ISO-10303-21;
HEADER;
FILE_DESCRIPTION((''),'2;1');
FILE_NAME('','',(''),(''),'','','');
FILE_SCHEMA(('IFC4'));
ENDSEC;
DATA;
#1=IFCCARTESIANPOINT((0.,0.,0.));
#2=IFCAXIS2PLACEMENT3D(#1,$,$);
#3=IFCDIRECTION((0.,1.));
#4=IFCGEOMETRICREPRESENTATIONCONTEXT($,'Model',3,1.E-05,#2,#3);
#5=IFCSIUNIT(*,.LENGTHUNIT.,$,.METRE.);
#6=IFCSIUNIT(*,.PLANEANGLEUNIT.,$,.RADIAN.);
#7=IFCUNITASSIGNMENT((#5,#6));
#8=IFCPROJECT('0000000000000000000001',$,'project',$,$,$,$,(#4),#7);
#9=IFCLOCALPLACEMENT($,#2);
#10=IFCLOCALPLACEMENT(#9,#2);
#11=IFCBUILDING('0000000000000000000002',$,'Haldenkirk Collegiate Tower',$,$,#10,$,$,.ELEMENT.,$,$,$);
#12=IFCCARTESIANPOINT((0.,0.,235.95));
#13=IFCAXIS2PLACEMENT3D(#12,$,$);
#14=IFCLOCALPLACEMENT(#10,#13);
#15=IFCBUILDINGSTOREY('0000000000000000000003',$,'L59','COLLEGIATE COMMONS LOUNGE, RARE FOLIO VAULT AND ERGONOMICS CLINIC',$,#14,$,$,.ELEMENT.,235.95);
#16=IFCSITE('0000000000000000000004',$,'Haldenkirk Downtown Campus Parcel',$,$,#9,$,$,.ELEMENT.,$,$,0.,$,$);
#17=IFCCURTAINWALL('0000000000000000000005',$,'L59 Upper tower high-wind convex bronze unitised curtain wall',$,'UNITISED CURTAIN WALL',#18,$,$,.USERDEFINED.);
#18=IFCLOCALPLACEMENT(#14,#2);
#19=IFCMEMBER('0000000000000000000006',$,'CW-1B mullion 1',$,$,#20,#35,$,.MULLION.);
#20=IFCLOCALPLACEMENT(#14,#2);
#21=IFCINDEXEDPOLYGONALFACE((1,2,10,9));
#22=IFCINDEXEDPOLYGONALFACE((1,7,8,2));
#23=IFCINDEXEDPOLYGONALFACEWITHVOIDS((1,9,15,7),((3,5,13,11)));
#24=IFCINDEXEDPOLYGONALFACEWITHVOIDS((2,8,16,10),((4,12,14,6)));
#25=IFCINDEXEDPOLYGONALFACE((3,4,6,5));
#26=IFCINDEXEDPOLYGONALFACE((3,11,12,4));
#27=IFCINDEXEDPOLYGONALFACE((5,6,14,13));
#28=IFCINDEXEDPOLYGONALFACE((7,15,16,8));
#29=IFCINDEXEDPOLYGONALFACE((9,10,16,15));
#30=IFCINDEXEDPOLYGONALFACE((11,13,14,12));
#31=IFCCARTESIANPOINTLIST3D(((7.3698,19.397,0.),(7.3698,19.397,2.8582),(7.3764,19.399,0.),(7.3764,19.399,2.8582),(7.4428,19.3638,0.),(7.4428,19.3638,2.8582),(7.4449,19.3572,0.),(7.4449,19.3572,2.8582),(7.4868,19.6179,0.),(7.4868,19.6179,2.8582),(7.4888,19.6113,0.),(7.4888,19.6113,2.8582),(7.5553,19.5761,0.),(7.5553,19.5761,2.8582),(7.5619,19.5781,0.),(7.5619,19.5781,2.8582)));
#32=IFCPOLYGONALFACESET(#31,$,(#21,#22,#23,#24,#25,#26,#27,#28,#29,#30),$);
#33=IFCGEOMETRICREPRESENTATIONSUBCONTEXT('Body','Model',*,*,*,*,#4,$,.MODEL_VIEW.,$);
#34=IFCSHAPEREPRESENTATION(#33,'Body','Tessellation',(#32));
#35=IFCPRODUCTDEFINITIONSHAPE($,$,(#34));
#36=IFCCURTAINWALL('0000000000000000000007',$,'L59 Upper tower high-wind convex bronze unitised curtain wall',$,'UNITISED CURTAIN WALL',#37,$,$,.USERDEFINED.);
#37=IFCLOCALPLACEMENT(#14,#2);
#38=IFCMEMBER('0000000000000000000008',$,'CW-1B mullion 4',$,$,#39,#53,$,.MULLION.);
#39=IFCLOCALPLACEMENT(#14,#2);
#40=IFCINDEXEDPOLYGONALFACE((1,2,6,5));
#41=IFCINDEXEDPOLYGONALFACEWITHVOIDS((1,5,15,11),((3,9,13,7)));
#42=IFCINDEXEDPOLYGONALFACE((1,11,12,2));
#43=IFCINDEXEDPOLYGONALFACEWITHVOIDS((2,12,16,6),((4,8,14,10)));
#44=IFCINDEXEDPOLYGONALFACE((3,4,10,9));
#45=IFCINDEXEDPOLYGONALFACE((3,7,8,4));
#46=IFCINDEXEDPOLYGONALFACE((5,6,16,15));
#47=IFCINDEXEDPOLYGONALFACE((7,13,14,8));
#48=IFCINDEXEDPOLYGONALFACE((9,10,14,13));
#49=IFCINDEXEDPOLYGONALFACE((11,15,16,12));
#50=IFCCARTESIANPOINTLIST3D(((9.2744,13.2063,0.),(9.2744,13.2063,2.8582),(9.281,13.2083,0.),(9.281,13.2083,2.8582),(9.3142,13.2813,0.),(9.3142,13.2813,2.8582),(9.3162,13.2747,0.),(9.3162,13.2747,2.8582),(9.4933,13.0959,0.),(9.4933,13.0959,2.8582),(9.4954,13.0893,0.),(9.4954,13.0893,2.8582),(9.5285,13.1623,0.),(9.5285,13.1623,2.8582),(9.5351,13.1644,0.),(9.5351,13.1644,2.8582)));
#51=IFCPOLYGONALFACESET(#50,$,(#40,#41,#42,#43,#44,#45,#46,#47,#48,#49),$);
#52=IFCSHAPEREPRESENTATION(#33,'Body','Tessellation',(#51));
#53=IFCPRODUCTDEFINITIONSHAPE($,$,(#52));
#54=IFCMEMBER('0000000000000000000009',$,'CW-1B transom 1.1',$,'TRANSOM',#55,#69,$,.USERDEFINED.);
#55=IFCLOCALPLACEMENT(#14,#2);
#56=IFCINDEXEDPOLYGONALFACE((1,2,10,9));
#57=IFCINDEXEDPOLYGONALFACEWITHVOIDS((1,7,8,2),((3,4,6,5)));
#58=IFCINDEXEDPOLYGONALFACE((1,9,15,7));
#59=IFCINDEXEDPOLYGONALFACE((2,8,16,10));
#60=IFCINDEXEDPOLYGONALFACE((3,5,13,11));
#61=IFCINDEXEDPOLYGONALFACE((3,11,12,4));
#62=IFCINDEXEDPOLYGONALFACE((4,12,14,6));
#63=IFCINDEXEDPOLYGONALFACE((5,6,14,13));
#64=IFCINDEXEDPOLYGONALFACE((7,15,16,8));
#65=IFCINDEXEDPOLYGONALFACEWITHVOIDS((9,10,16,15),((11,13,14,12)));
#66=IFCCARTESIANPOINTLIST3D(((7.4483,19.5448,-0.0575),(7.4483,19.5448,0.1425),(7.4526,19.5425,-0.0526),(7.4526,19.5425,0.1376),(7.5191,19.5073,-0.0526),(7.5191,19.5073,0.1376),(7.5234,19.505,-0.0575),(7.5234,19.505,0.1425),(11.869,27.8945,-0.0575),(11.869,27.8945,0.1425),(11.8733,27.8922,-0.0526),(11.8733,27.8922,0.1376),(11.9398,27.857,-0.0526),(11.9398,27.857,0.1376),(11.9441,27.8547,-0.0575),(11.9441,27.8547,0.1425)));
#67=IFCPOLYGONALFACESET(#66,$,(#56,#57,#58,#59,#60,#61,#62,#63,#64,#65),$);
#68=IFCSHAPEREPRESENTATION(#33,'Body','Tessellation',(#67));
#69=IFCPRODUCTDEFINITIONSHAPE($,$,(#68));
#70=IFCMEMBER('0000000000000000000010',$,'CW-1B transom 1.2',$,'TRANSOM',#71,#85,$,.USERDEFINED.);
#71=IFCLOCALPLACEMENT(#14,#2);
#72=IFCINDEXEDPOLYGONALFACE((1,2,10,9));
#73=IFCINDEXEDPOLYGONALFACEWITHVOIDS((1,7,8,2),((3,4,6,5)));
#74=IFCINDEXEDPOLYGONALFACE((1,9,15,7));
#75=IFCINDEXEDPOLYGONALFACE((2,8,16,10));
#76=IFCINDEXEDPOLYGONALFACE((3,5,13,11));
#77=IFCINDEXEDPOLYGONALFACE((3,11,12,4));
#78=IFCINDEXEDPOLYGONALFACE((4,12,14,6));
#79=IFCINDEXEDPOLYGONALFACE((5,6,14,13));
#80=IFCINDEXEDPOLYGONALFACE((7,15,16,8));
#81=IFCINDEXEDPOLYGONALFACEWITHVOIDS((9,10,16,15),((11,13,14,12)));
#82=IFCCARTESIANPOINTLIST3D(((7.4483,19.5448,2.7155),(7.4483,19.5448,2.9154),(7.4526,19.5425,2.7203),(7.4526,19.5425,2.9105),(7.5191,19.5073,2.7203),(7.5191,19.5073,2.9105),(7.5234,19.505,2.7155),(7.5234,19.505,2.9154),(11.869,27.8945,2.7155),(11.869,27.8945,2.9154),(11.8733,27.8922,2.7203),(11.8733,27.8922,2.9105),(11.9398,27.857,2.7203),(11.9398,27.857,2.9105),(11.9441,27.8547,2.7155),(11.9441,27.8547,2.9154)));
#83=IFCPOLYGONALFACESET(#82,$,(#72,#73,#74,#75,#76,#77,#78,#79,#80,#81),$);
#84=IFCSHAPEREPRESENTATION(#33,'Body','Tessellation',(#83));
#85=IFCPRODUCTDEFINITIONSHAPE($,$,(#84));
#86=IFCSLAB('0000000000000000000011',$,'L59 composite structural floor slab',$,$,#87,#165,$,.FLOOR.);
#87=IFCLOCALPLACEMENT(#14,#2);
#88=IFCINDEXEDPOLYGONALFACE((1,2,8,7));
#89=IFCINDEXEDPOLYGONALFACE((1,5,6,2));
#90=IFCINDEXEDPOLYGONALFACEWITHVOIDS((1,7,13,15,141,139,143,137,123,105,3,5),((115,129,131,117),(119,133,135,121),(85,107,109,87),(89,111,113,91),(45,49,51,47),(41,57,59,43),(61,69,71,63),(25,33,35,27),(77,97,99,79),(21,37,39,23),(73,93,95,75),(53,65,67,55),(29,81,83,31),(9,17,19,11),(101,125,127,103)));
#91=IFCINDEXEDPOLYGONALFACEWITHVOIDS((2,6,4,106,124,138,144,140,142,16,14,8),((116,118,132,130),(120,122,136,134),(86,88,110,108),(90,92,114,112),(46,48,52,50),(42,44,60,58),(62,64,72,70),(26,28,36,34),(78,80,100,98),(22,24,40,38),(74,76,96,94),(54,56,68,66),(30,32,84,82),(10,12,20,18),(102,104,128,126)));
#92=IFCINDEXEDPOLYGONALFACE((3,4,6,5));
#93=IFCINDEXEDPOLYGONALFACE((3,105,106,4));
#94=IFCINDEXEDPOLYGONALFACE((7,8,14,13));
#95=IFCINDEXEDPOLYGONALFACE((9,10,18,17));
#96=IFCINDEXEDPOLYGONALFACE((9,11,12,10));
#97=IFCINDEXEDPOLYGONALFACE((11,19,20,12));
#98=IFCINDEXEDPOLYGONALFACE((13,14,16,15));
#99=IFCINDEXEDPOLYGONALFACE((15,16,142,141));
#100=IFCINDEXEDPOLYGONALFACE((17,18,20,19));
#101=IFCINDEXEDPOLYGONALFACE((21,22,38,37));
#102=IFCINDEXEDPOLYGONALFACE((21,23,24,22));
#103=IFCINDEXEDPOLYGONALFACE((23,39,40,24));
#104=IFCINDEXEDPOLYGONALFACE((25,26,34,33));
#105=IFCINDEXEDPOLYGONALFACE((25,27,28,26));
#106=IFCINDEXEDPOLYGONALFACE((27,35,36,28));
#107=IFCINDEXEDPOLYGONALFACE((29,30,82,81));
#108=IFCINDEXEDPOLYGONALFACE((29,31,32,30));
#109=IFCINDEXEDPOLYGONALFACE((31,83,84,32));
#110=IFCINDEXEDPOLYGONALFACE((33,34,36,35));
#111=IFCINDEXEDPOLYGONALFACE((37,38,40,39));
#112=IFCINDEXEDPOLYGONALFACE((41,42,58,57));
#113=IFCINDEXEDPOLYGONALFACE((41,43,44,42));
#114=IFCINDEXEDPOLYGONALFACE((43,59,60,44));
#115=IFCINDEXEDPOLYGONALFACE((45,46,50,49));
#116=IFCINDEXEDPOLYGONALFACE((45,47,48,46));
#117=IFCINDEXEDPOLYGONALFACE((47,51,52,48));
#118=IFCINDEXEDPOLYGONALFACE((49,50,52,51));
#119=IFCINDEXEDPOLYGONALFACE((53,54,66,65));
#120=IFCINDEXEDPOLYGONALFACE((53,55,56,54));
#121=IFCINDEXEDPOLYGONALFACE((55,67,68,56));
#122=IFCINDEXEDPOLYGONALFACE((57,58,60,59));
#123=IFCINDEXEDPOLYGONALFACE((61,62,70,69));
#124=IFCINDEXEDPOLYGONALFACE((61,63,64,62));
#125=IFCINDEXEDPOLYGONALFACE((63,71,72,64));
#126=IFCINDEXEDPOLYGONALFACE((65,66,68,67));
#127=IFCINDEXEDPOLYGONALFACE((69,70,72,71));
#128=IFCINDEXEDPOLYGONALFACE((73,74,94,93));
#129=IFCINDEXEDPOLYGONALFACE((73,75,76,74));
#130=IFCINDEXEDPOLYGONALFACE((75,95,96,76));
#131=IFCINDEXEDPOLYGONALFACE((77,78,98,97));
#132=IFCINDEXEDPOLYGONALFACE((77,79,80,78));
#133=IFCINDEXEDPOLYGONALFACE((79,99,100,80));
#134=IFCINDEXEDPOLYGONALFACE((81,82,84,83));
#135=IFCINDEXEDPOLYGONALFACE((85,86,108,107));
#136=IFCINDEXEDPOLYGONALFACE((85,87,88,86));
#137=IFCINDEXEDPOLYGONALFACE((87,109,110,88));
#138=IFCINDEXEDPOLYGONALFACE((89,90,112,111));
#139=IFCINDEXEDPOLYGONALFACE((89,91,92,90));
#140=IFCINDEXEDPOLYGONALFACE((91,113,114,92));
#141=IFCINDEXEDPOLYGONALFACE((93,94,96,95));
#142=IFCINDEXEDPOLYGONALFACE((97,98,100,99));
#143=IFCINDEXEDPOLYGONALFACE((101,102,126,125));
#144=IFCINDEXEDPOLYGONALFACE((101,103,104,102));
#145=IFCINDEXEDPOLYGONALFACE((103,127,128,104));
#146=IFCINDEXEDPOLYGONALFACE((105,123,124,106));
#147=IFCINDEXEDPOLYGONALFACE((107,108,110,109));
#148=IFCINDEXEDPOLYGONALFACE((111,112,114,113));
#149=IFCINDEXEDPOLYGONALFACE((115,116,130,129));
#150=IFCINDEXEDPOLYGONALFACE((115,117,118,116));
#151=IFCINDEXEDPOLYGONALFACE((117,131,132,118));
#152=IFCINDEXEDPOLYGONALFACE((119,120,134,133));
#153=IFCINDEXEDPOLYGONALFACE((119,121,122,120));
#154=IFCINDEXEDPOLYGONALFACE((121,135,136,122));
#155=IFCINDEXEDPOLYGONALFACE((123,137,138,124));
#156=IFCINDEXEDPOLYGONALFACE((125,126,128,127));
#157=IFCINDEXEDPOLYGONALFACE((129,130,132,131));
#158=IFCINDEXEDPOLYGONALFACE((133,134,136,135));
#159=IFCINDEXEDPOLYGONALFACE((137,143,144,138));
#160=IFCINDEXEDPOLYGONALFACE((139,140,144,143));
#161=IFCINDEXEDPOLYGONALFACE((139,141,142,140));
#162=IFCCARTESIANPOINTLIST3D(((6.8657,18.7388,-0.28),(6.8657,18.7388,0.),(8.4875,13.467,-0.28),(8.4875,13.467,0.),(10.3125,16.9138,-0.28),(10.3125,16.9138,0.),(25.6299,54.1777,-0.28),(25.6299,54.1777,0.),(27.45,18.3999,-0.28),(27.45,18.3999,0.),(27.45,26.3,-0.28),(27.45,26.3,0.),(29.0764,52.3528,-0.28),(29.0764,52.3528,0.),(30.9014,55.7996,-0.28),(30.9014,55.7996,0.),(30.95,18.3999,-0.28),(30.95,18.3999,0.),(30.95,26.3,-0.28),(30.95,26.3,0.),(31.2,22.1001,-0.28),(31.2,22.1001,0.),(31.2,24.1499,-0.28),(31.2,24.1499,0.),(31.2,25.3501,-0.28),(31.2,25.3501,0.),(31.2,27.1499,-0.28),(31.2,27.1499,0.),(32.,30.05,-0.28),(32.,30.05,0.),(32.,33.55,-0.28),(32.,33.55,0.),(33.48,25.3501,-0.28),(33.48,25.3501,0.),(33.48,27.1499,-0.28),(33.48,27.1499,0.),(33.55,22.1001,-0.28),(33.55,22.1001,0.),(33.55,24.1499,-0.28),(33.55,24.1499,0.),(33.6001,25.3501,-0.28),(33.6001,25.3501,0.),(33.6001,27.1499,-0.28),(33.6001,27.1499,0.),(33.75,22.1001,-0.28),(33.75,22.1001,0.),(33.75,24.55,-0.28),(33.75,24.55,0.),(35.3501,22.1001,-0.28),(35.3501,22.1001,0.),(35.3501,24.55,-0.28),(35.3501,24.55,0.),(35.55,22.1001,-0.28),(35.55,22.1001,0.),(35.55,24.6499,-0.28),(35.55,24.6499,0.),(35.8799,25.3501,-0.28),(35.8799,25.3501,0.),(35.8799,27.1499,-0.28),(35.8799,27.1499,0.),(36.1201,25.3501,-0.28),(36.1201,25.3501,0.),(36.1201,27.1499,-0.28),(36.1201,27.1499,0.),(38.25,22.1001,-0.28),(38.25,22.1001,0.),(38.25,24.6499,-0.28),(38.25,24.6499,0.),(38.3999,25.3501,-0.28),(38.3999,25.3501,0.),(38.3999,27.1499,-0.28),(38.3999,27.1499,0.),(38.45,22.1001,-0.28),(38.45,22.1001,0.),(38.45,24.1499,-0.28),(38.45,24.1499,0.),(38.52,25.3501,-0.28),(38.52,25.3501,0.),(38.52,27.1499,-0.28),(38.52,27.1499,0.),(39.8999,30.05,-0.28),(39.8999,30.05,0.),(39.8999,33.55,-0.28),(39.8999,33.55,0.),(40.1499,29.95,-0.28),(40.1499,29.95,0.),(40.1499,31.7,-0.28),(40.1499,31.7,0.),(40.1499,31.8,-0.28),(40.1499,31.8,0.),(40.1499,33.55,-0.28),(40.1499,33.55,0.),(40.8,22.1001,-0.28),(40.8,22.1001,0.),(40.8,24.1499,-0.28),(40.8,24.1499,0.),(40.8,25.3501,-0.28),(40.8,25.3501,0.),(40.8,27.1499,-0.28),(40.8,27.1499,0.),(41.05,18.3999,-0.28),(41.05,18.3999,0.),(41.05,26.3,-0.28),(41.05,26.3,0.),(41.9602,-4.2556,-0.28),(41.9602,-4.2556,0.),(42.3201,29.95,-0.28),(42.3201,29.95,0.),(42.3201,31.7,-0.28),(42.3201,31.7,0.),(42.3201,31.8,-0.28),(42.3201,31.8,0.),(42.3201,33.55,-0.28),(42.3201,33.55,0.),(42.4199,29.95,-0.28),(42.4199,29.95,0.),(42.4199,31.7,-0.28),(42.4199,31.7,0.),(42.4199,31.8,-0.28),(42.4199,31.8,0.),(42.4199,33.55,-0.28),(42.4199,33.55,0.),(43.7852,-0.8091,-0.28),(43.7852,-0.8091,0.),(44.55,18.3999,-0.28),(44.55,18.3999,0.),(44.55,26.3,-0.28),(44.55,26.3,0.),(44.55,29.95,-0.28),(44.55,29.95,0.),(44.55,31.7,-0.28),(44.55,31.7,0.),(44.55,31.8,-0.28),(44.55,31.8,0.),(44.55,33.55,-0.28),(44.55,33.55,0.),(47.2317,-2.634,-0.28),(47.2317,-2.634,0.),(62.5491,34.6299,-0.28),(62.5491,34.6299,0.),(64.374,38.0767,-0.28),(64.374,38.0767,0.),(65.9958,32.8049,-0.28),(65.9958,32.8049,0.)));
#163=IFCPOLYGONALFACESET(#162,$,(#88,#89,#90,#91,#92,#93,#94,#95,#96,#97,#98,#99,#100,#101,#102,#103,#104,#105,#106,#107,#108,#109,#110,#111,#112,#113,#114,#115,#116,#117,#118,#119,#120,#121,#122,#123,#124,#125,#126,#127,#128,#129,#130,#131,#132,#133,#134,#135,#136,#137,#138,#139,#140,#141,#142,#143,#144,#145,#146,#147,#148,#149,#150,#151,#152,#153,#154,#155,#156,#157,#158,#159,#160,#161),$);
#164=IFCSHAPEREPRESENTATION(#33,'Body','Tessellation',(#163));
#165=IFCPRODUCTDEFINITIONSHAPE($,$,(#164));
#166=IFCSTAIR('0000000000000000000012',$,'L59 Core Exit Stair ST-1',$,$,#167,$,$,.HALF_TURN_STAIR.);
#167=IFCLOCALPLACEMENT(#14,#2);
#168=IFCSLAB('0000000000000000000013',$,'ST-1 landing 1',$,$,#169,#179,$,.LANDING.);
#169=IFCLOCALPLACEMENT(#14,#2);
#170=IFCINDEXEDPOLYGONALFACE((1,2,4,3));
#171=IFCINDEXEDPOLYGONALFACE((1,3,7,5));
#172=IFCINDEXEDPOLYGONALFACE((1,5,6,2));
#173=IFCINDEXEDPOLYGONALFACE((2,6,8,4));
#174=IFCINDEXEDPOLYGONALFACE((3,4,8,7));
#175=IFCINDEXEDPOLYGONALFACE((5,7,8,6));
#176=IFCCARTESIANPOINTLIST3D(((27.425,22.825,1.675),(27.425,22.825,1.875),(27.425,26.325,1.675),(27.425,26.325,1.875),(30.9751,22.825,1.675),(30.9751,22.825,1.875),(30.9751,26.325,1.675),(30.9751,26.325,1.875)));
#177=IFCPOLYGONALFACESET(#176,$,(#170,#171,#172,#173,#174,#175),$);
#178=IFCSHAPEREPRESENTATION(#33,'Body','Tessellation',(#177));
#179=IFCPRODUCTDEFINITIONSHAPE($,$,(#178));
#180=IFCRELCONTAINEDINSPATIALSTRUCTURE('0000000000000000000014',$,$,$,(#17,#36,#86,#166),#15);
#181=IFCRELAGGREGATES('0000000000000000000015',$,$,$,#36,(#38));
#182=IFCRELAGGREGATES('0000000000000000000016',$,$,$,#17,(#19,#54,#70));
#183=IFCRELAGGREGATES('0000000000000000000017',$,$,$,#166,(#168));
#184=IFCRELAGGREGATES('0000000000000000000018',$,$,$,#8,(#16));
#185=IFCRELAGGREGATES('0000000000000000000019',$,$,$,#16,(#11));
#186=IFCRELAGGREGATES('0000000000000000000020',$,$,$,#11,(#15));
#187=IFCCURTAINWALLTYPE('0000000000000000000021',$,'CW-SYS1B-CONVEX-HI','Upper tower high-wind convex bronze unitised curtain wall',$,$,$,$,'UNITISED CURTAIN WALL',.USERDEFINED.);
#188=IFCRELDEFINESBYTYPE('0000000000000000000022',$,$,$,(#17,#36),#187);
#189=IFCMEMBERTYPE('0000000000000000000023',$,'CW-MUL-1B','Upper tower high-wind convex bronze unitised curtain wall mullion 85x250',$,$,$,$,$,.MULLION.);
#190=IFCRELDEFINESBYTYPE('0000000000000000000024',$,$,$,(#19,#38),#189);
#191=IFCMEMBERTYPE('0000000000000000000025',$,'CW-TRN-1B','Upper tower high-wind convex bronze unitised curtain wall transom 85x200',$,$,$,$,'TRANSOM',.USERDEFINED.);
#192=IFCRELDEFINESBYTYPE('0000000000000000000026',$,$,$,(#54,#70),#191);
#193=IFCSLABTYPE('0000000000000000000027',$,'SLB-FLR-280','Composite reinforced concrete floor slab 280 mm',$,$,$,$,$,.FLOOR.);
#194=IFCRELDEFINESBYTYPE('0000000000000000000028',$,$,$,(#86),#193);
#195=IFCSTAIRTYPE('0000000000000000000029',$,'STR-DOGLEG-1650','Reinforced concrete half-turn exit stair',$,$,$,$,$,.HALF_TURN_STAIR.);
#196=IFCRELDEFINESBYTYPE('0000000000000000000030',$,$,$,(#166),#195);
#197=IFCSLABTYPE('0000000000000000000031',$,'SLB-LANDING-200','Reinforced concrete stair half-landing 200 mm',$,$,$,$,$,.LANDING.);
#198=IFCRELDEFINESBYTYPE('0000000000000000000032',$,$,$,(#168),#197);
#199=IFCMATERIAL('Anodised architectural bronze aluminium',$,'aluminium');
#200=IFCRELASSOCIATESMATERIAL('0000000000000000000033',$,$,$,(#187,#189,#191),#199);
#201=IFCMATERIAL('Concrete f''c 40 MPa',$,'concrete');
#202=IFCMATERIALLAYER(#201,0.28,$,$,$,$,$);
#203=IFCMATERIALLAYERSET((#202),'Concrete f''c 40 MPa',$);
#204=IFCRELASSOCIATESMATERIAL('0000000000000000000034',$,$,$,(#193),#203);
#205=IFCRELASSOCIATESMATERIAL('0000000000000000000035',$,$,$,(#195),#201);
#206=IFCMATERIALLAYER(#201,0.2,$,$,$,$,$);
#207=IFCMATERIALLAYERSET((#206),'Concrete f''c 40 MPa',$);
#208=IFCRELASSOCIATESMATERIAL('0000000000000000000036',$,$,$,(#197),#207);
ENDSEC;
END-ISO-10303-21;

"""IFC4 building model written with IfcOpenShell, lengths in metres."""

from ifc_helpers import new_model, si_unit, direction, frame, origin, origin_2d, place, context, subcontext, project, spatial, polyline, hollow_rectangle, outline, extrude, material, layer, layer_set, material_profile, profile_set, type_object, element, aggregate, save


model = new_model("IFC4")

# Units and contexts
model_context = context("Model", 3, precision=1e-05, world=origin(), true_north=direction((0.0, 1.0)))
body_context = subcontext(model_context, "Body", "Model", "MODEL_VIEW")
ifc_project = project(units=[si_unit("LENGTHUNIT", "METRE"), si_unit("PLANEANGLEUNIT", "RADIAN")], contexts=[model_context])

# Site, building, storey
site_placement = place(None, origin())
site = spatial("IfcSite", under=ifc_project, at=site_placement, Name="Haldenkirk Downtown Campus Parcel", CompositionType="ELEMENT", RefElevation=0.0)
building_placement = place(site_placement, origin())
building = spatial("IfcBuilding", under=site, at=building_placement, Name="Haldenkirk Collegiate Tower", CompositionType="ELEMENT")
storey_placement = place(building_placement, frame((0.0, 0.0, 235.95)))
storey = spatial("IfcBuildingStorey", under=building, at=storey_placement, Name="L59", Description="COLLEGIATE COMMONS LOUNGE, RARE FOLIO VAULT AND ERGONOMICS CLINIC", CompositionType="ELEMENT", Elevation=235.95)

# Curtain walls, members
ifc_material_1 = material(Name="Anodised architectural bronze aluminium", Category="aluminium")
curtain_wall_type = type_object("IfcCurtainWallType", Name="CW-SYS1B-CONVEX-HI", Description="Upper tower high-wind convex bronze unitised curtain wall", ElementType="UNITISED CURTAIN WALL", PredefinedType="USERDEFINED", material=ifc_material_1)
curtain_wall_1_placement = place(storey_placement, origin())
curtain_wall_1 = element("IfcCurtainWall", 1, at=curtain_wall_1_placement, inside=storey, type_object=curtain_wall_type, Name="L59 Upper tower high-wind convex bronze unitised curtain wall", ObjectType="UNITISED CURTAIN WALL", PredefinedType="USERDEFINED")
ifc_material_profile_1 = material_profile(ifc_material_1, hollow_rectangle(XDim=0.085, YDim=0.25, WallThickness=0.0049, at=origin_2d()), Name="CW-MUL-1B")
ifc_profile_set_1 = profile_set([ifc_material_profile_1], Name="Anodised architectural bronze aluminium")
member_type_1 = type_object("IfcMemberType", Name="CW-MUL-1B", Description="Upper tower high-wind convex bronze unitised curtain wall mullion 85x250", PredefinedType="MULLION", material=ifc_profile_set_1)
member_1_placement = place(storey_placement, frame((7.4658, 19.4875, 0.0), z_axis=(0.0, 0.0, 1.0), x_axis=(-0.883765, 0.467932, 0.0)))
member_1 = element("IfcMember", 2, at=member_1_placement, type_object=member_type_1, Name="CW-1B mullion 1", PredefinedType="MULLION", context=body_context, shape_type="SweptSolid", body=[
    extrude(hollow_rectangle(XDim=0.085, YDim=0.25, WallThickness=0.0049, at=origin_2d()), origin(), (0.0, 0.0, 1.0), 2.8582),
])
curtain_wall_2_placement = place(storey_placement, origin())
curtain_wall_2 = element("IfcCurtainWall", 3, at=curtain_wall_2_placement, inside=storey, type_object=curtain_wall_type, Name="L59 Upper tower high-wind convex bronze unitised curtain wall", ObjectType="UNITISED CURTAIN WALL", PredefinedType="USERDEFINED")
member_2_placement = place(storey_placement, frame((9.4048, 13.1853, 0.0), z_axis=(0.0, 0.0, 1.0), x_axis=(-0.467931, -0.883765, 0.0)))
member_2 = element("IfcMember", 4, at=member_2_placement, type_object=member_type_1, Name="CW-1B mullion 4", PredefinedType="MULLION", context=body_context, shape_type="SweptSolid", body=[
    extrude(hollow_rectangle(XDim=0.085, YDim=0.25, WallThickness=0.0049, at=origin_2d()), origin(), (0.0, 0.0, 1.0), 2.8582),
])
aggregate(curtain_wall_2, [member_2])

# Members
ifc_material_profile_2 = material_profile(ifc_material_1, hollow_rectangle(XDim=0.085, YDim=0.2, WallThickness=0.0049, at=origin_2d()), Name="CW-TRN-1B")
ifc_profile_set_2 = profile_set([ifc_material_profile_2], Name="Anodised architectural bronze aluminium")
member_type_2 = type_object("IfcMemberType", Name="CW-TRN-1B", Description="Upper tower high-wind convex bronze unitised curtain wall transom 85x200", ElementType="TRANSOM", PredefinedType="USERDEFINED", material=ifc_profile_set_2)
member_3_placement = place(storey_placement, frame((7.4858, 19.5249, 0.0425), z_axis=(0.46791, 0.883776, 0.0), x_axis=(-0.883776, 0.46791, 0.0)))
member_3 = element("IfcMember", 5, at=member_3_placement, type_object=member_type_2, Name="CW-1B transom 1.1", ObjectType="TRANSOM", PredefinedType="USERDEFINED", context=body_context, shape_type="SweptSolid", body=[
    extrude(hollow_rectangle(XDim=0.085, YDim=0.2, WallThickness=0.0049, at=origin_2d()), origin(), (0.0, 0.0, 1.0), 9.4478),
])
member_4_placement = place(storey_placement, frame((7.4858, 19.5249, 2.8154), z_axis=(0.46791, 0.883776, 0.0), x_axis=(-0.883776, 0.46791, 0.0)))
member_4 = element("IfcMember", 6, at=member_4_placement, type_object=member_type_2, Name="CW-1B transom 1.2", ObjectType="TRANSOM", PredefinedType="USERDEFINED", context=body_context, shape_type="SweptSolid", body=[
    extrude(hollow_rectangle(XDim=0.085, YDim=0.2, WallThickness=0.0049, at=origin_2d()), origin(), (0.0, 0.0, 1.0), 9.4478),
])
aggregate(curtain_wall_1, [member_1, member_3, member_4])

# Slab
ifc_material_2 = material(Name="Concrete f'c 40 MPa", Category="concrete")
ifc_layer_1 = layer(ifc_material_2, 0.28)
ifc_layer_set_1 = layer_set([ifc_layer_1], Name="Concrete f'c 40 MPa")
slab_type_1 = type_object("IfcSlabType", Name="SLB-FLR-280", Description="Composite reinforced concrete floor slab 280 mm", PredefinedType="FLOOR", material=ifc_layer_set_1)
slab_1_placement = place(storey_placement, frame((0.0, 0.0, -0.28)))
element("IfcSlab", 7, at=slab_1_placement, inside=storey, type_object=slab_type_1, Name="L59 composite structural floor slab", PredefinedType="FLOOR", context=body_context, shape_type="SweptSolid", body=[
    extrude(outline(polyline([(47.2317, -2.634), (65.9958, 32.8049), (62.5491, 34.6299), (64.374, 38.0767), (30.9014, 55.7996), (29.0764, 52.3528), (25.6299, 54.1777), (6.8657, 18.7388), (10.3125, 16.9138), (8.4875, 13.467), (41.9602, -4.2556), (43.7852, -0.8091), (47.2317, -2.634)]), holes=[polyline([(27.45, 18.3999), (30.95, 18.3999), (30.95, 26.3), (27.45, 26.3), (27.45, 18.3999)]), polyline([(41.05, 18.3999), (44.55, 18.3999), (44.55, 26.3), (41.05, 26.3), (41.05, 18.3999)]), polyline([(32.0, 30.05), (39.8999, 30.05), (39.8999, 33.55), (32.0, 33.55), (32.0, 30.05)]), polyline([(33.75, 22.1001), (35.3501, 22.1001), (35.3501, 24.55), (33.75, 24.55), (33.75, 22.1001)]), polyline([(40.1499, 29.95), (42.3201, 29.95), (42.3201, 31.7), (40.1499, 31.7), (40.1499, 29.95)]), polyline([(42.4199, 29.95), (44.55, 29.95), (44.55, 31.7), (42.4199, 31.7), (42.4199, 29.95)]), polyline([(40.1499, 31.8), (42.3201, 31.8), (42.3201, 33.55), (40.1499, 33.55), (40.1499, 31.8)]), polyline([(42.4199, 31.8), (44.55, 31.8), (44.55, 33.55), (42.4199, 33.55), (42.4199, 31.8)]), polyline([(31.2, 25.3501), (33.48, 25.3501), (33.48, 27.1499), (31.2, 27.1499), (31.2, 25.3501)]), polyline([(33.6001, 25.3501), (35.8799, 25.3501), (35.8799, 27.1499), (33.6001, 27.1499), (33.6001, 25.3501)]), polyline([(36.1201, 25.3501), (38.3999, 25.3501), (38.3999, 27.1499), (36.1201, 27.1499), (36.1201, 25.3501)]), polyline([(38.52, 25.3501), (40.8, 25.3501), (40.8, 27.1499), (38.52, 27.1499), (38.52, 25.3501)]), polyline([(31.2, 22.1001), (33.55, 22.1001), (33.55, 24.1499), (31.2, 24.1499), (31.2, 22.1001)]), polyline([(38.45, 22.1001), (40.8, 22.1001), (40.8, 24.1499), (38.45, 24.1499), (38.45, 22.1001)]), polyline([(35.55, 22.1001), (38.25, 22.1001), (38.25, 24.6499), (35.55, 24.6499), (35.55, 22.1001)])]), origin(), (0.0, 0.0, 1.0), 0.28),
])

# Stair, slab
stair_type = type_object("IfcStairType", Name="STR-DOGLEG-1650", Description="Reinforced concrete half-turn exit stair", PredefinedType="HALF_TURN_STAIR", material=ifc_material_2)
stair_1_placement = place(storey_placement, origin())
stair_1 = element("IfcStair", 8, at=stair_1_placement, inside=storey, type_object=stair_type, Name="L59 Core Exit Stair ST-1", PredefinedType="HALF_TURN_STAIR")
ifc_layer_2 = layer(ifc_material_2, 0.2)
ifc_layer_set_2 = layer_set([ifc_layer_2], Name="Concrete f'c 40 MPa")
slab_type_2 = type_object("IfcSlabType", Name="SLB-LANDING-200", Description="Reinforced concrete stair half-landing 200 mm", PredefinedType="LANDING", material=ifc_layer_set_2)
slab_2_placement = place(storey_placement, frame((0.0, 0.0, 1.675)))
slab_2 = element("IfcSlab", 9, at=slab_2_placement, type_object=slab_type_2, Name="ST-1 landing 1", PredefinedType="LANDING", context=body_context, shape_type="SweptSolid", body=[
    extrude(outline(polyline([(30.9751, 22.825), (27.425, 22.825), (27.425, 26.325), (30.9751, 26.325), (30.9751, 22.825)])), origin(), (0.0, 0.0, 1.0), 0.2),
])
aggregate(stair_1, [slab_2])

save(model, "model.ifc")
